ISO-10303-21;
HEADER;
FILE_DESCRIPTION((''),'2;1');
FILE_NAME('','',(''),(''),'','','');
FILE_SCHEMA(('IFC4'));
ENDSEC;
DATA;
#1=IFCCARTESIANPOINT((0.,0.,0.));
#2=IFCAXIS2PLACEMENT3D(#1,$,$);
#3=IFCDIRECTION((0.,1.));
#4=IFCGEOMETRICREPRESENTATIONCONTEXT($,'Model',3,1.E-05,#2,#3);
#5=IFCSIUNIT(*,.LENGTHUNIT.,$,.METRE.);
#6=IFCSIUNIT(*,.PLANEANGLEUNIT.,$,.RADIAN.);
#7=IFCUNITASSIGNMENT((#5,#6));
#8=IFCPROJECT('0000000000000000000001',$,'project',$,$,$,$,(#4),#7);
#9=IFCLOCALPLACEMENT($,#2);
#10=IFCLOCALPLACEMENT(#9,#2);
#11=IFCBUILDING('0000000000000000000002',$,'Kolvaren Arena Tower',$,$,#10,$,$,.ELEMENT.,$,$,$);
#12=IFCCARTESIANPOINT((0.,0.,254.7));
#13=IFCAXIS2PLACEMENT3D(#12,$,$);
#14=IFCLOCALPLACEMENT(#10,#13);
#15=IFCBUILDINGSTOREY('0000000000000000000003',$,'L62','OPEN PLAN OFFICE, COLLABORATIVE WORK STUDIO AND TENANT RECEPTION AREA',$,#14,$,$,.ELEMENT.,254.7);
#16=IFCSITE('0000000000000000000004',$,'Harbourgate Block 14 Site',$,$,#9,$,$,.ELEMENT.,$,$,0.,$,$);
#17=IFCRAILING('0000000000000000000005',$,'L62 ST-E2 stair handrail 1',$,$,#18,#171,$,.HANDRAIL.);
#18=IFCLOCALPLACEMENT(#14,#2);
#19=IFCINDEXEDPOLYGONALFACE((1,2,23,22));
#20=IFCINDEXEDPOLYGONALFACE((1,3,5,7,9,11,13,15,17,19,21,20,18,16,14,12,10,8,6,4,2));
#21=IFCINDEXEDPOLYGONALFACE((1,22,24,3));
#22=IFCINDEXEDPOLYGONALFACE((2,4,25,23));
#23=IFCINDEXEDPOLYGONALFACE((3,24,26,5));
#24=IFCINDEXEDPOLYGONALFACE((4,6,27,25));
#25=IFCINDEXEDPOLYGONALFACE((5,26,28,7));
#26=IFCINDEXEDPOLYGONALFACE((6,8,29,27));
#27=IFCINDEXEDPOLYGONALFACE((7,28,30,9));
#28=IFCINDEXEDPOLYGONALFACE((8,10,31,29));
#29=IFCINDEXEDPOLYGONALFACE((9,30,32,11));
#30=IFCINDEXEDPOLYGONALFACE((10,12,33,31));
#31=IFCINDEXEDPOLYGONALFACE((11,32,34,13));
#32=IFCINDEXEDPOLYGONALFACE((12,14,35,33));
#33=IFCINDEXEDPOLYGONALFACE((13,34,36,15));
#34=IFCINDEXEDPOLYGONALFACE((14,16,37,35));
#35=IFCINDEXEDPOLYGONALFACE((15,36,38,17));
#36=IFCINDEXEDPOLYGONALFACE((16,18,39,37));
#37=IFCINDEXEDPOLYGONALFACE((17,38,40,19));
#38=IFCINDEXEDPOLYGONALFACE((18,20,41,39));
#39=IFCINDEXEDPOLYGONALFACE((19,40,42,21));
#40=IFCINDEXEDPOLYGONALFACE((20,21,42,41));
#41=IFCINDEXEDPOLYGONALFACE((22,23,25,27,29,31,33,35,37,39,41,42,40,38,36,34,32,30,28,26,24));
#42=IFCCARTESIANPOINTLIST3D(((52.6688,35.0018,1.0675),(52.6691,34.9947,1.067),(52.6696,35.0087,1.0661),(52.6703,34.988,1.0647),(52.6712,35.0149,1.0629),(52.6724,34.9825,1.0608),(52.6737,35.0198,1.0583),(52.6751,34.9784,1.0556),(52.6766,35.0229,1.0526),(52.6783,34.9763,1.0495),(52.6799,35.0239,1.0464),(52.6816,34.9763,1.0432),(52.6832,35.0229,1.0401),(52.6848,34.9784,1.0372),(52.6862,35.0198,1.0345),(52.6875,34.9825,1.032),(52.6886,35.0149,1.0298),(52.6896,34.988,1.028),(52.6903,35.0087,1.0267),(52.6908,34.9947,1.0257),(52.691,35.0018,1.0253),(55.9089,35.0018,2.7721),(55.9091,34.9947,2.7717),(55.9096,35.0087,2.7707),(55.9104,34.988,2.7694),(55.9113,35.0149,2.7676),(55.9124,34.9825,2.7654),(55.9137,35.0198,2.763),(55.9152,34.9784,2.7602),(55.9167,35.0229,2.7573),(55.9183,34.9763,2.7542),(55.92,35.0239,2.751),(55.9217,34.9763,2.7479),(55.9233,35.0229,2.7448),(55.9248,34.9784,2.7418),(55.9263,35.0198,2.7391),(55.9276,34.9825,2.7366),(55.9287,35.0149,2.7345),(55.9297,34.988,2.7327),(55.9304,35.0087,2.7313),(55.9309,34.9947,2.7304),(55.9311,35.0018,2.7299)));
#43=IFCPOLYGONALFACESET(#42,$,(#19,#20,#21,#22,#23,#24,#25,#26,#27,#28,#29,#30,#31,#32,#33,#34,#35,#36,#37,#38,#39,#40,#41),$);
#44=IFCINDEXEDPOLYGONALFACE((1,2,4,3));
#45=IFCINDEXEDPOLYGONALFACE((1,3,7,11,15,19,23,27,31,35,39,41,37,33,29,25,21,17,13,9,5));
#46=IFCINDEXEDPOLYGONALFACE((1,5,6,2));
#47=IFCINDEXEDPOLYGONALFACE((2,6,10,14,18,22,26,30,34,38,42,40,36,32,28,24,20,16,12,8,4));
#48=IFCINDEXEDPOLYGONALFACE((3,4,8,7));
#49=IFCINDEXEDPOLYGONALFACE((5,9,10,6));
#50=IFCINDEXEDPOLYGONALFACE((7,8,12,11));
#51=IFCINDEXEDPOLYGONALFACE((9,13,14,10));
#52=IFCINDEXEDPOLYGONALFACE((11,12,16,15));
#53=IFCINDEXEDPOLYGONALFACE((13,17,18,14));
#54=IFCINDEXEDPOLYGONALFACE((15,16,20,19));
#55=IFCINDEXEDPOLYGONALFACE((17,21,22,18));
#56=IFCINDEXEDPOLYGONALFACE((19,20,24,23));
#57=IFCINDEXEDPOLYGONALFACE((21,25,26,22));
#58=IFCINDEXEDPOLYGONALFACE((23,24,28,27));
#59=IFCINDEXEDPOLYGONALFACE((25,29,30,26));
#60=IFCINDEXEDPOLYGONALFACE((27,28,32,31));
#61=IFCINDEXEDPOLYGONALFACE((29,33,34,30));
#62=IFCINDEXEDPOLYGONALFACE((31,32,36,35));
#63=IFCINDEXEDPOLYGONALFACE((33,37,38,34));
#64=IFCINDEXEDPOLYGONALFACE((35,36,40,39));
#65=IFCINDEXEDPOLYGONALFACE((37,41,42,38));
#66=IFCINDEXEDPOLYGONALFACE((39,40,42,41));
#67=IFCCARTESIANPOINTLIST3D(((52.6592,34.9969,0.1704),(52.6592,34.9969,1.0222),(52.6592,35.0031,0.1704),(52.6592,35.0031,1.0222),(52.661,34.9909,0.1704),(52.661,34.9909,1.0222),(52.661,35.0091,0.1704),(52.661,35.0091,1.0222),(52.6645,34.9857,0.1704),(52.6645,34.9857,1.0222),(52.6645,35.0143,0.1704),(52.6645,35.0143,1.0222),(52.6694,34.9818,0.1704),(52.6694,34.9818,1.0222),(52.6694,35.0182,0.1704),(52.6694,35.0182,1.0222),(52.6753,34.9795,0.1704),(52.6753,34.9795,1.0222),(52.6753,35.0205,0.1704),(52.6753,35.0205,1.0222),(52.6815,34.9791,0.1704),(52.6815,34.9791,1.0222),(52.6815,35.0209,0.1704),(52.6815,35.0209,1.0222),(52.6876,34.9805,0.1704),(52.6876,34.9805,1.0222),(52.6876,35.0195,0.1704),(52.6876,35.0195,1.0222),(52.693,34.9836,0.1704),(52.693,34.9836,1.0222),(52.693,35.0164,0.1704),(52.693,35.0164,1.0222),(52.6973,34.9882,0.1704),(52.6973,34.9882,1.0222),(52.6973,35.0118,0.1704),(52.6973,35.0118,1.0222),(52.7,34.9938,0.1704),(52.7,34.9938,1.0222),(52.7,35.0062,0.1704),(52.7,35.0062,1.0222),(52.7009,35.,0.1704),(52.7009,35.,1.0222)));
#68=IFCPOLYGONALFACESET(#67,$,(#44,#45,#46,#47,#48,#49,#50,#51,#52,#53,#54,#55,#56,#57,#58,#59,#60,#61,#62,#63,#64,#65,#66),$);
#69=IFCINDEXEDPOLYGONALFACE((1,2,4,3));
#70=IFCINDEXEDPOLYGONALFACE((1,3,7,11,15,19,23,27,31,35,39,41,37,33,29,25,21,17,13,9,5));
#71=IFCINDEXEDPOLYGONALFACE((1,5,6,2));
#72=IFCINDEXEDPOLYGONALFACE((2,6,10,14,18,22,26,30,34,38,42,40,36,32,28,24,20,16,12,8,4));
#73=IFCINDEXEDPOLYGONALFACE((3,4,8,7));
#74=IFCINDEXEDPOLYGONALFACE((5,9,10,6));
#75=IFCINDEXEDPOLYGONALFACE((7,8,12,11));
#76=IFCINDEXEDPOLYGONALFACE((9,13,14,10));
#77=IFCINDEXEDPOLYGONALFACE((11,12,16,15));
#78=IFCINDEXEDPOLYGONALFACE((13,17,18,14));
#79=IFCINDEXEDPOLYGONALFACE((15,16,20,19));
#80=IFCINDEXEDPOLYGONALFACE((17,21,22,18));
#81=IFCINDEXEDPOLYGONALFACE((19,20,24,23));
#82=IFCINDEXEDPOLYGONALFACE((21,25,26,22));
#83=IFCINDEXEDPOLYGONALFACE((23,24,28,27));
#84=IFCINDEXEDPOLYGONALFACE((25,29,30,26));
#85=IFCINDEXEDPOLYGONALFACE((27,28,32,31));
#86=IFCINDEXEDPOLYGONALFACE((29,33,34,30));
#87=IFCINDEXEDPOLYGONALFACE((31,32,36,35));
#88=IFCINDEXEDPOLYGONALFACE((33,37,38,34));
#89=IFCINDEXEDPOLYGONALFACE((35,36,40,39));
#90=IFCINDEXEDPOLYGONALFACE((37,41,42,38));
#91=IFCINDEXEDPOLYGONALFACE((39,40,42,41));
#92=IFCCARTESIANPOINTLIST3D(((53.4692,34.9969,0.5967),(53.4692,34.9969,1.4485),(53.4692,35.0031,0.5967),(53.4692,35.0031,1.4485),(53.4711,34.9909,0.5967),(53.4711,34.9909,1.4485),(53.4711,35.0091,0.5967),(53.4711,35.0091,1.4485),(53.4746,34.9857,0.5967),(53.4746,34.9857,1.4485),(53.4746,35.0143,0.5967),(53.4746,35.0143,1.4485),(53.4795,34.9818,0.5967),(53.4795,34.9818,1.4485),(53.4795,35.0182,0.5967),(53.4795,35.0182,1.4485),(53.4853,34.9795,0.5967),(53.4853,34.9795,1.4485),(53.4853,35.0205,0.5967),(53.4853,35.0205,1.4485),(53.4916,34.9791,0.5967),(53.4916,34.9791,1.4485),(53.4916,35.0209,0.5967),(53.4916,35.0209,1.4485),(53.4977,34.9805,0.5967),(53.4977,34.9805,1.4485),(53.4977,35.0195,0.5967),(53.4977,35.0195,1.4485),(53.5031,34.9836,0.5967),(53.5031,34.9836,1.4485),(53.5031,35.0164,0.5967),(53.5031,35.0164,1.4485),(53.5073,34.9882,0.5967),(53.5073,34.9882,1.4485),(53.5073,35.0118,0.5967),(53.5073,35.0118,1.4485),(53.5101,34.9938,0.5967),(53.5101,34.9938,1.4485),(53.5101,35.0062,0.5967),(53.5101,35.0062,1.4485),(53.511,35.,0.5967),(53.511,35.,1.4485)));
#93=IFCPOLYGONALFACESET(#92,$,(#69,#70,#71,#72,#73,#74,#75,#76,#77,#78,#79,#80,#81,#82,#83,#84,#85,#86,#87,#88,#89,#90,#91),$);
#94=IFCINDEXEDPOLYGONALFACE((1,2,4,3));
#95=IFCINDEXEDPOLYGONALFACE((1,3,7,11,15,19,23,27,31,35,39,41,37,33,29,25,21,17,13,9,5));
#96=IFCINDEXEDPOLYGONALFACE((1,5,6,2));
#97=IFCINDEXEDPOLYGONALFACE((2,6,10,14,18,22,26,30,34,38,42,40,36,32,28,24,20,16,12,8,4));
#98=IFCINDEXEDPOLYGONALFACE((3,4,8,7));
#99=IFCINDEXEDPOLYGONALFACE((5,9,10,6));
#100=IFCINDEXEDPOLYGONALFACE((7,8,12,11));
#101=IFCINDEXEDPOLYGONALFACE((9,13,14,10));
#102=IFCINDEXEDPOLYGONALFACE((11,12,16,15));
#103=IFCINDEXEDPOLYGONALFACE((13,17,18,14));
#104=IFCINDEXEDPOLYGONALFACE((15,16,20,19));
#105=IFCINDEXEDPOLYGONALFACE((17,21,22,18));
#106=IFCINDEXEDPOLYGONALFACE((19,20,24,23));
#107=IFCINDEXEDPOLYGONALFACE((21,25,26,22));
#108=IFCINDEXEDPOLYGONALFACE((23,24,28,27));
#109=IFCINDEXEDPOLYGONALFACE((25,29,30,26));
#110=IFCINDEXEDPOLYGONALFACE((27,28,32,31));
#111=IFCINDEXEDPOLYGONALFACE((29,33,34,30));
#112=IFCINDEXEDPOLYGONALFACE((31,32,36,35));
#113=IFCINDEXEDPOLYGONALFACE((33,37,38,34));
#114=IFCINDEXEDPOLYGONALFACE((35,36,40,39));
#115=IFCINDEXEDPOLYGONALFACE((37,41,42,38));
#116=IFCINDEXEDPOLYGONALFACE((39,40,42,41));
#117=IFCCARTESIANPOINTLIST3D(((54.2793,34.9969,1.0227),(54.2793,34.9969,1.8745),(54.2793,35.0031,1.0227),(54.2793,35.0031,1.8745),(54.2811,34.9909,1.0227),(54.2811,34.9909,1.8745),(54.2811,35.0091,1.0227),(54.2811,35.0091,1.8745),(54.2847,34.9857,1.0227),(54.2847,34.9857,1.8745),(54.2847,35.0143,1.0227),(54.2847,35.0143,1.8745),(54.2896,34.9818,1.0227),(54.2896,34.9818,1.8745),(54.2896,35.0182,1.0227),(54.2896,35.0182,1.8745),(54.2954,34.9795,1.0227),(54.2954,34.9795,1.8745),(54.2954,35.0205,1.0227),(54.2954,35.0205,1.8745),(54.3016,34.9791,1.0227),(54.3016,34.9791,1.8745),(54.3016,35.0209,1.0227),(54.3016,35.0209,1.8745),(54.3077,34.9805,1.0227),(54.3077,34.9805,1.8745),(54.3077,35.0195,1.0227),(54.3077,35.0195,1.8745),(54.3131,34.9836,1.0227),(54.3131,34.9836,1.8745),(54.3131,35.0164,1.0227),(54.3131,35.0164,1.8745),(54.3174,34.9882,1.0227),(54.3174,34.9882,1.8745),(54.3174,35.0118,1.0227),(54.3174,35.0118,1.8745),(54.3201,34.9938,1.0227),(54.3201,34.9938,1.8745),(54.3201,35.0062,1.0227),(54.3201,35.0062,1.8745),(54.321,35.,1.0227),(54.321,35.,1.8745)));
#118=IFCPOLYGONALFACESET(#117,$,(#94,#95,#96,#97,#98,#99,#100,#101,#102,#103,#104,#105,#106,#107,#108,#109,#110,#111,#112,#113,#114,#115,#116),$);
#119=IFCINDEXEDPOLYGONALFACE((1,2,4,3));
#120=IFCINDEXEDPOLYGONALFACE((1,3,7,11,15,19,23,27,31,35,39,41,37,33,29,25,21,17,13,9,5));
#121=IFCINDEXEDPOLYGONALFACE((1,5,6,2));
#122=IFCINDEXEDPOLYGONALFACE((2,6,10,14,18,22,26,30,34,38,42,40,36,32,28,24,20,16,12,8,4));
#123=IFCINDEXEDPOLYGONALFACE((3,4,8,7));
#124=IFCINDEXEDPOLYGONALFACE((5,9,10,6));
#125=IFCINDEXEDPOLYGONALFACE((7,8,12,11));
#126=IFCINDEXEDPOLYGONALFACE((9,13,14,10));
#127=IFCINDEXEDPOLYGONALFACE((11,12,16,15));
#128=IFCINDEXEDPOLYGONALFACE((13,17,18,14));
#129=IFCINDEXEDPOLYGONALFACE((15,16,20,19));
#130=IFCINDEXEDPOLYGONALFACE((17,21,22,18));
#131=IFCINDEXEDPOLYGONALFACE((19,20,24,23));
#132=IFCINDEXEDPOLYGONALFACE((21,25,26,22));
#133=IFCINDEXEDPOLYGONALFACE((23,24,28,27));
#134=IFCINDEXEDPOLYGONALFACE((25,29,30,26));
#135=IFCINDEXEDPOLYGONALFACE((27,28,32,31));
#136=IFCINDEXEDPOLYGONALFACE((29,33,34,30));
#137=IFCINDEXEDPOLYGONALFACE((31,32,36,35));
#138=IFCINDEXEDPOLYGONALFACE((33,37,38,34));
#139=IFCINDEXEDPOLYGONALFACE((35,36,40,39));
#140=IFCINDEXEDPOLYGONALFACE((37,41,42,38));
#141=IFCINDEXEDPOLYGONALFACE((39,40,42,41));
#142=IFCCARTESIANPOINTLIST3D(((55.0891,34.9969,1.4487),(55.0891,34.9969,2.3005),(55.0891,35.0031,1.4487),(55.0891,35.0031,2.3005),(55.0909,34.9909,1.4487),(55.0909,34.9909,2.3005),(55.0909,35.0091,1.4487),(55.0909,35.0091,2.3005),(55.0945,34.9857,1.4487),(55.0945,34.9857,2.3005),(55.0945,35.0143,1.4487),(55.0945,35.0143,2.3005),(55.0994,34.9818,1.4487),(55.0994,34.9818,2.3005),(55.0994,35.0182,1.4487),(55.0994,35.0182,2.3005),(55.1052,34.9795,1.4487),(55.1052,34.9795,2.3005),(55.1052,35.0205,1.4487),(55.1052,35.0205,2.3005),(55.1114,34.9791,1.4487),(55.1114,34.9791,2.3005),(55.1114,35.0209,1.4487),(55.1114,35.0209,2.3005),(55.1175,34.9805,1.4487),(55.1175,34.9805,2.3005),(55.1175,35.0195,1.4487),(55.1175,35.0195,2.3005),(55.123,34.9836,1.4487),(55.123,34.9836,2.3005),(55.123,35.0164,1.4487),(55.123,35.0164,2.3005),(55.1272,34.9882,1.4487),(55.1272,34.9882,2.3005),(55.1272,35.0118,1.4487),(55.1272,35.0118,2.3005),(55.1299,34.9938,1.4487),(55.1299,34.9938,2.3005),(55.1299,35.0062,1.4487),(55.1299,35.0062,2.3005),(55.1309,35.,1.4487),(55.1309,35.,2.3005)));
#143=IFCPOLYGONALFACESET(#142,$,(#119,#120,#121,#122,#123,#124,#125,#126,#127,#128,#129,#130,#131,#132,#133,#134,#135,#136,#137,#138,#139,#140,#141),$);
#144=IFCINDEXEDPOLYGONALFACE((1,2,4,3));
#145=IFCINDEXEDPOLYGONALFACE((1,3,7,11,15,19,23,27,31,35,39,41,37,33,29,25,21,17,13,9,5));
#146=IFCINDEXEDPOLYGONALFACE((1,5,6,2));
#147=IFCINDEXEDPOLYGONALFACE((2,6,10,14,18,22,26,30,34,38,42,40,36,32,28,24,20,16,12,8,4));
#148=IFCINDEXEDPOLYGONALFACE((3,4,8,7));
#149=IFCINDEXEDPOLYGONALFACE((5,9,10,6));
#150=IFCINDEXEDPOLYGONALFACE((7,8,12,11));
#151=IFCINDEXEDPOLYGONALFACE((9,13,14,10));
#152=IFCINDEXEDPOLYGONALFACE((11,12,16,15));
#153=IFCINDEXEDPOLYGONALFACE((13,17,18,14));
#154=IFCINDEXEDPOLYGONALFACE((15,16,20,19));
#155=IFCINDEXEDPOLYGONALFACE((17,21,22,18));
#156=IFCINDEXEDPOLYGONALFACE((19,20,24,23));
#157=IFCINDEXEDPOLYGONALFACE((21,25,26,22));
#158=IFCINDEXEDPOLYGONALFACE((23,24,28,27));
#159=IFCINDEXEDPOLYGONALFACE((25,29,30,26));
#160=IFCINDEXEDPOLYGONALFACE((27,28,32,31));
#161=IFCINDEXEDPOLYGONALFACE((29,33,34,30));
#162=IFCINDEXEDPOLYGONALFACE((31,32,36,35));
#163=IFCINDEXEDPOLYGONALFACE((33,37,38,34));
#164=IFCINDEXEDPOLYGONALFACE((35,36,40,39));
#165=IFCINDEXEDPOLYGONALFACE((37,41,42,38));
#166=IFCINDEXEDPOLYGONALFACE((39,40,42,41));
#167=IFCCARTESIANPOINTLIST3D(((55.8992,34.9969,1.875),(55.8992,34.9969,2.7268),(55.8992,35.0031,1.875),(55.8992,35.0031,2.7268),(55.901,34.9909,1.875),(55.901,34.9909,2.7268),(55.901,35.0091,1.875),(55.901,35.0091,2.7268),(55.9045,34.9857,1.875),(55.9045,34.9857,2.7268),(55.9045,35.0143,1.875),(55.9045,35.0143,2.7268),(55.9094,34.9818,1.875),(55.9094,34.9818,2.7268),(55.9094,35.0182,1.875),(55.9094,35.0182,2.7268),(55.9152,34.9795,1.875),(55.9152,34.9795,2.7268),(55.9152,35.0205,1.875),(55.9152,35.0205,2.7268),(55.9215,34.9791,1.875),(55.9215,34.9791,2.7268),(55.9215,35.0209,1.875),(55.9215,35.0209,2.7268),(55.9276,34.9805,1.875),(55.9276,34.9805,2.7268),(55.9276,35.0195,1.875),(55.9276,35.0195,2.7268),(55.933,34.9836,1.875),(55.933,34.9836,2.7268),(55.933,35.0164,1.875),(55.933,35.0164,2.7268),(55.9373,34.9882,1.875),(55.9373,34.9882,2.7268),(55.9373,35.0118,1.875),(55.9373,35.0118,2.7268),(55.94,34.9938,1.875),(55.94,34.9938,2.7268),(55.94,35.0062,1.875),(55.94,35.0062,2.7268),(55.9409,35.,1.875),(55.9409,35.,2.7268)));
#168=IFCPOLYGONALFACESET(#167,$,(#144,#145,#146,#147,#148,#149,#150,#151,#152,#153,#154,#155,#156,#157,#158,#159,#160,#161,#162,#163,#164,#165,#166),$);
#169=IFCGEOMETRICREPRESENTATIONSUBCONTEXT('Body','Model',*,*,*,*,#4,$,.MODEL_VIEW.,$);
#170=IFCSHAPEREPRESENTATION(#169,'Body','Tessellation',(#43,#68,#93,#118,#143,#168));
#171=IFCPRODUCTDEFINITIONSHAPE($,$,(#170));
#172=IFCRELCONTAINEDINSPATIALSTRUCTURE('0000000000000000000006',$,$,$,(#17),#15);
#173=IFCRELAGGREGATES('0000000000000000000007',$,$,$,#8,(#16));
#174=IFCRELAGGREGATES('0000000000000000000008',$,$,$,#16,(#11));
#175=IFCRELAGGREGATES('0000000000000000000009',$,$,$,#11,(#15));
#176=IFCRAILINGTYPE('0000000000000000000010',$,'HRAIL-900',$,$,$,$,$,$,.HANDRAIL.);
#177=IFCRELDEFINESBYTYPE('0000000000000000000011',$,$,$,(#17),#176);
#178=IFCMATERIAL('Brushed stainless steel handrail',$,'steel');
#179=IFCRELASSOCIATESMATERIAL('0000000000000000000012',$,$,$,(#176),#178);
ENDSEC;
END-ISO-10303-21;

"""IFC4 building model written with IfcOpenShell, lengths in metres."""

from ifc_helpers import new_model, si_unit, direction, frame, origin, origin_2d, place, context, subcontext, project, spatial, circle, extrude, material, type_object, element, save


model = new_model("IFC4")

# Units and contexts
model_context = context("Model", 3, precision=1e-05, world=origin(), true_north=direction((0.0, 1.0)))
body_context = subcontext(model_context, "Body", "Model", "MODEL_VIEW")
ifc_project = project(units=[si_unit("LENGTHUNIT", "METRE"), si_unit("PLANEANGLEUNIT", "RADIAN")], contexts=[model_context])

# Site, building, storey
site_placement = place(None, origin())
site = spatial("IfcSite", under=ifc_project, at=site_placement, Name="Harbourgate Block 14 Site", CompositionType="ELEMENT", RefElevation=0.0)
building_placement = place(site_placement, origin())
building = spatial("IfcBuilding", under=site, at=building_placement, Name="Kolvaren Arena Tower", CompositionType="ELEMENT")
storey_placement = place(building_placement, frame((0.0, 0.0, 254.7)))
storey = spatial("IfcBuildingStorey", under=building, at=storey_placement, Name="L62", Description="OPEN PLAN OFFICE, COLLABORATIVE WORK STUDIO AND TENANT RECEPTION AREA", CompositionType="ELEMENT", Elevation=254.7)

# Railing
ifc_material_1 = material(Name="Brushed stainless steel handrail", Category="steel")
railing_type_1 = type_object("IfcRailingType", Name="HRAIL-900", PredefinedType="HANDRAIL", material=ifc_material_1)
for number, where, name in (
    (1, (52.6799, 35.0, 0.1704), "L62 ST-E2 stair handrail 1"),
):
    element("IfcRailing", number, at=place(storey_placement, frame(where)), inside=storey, type_object=railing_type_1, Name=name, PredefinedType="HANDRAIL", context=body_context, shape_type="SweptSolid", body=[
        extrude(circle(Radius=0.0239, at=origin_2d()), frame((0.0, 0.0, 0.876), z_axis=(0.884993, 0.0, 0.465604), x_axis=(0.0, 1.0, 0.0)), (0.0, 0.0, 1.0), 3.6611),
        extrude(circle(Radius=0.021, at=origin_2d()), origin(), (0.0, 0.0, 1.0), 0.8518),
        extrude(circle(Radius=0.021, at=origin_2d()), frame((0.8101, 0.0, 0.4263)), (0.0, 0.0, 1.0), 0.8518),
        extrude(circle(Radius=0.021, at=origin_2d()), frame((1.6201, 0.0, 0.8523)), (0.0, 0.0, 1.0), 0.8518),
        extrude(circle(Radius=0.021, at=origin_2d()), frame((2.4299, 0.0, 1.2783)), (0.0, 0.0, 1.0), 0.8518),
        extrude(circle(Radius=0.021, at=origin_2d()), frame((3.24, 0.0, 1.7046)), (0.0, 0.0, 1.0), 0.8518),
    ])

save(model, "model.ifc")
